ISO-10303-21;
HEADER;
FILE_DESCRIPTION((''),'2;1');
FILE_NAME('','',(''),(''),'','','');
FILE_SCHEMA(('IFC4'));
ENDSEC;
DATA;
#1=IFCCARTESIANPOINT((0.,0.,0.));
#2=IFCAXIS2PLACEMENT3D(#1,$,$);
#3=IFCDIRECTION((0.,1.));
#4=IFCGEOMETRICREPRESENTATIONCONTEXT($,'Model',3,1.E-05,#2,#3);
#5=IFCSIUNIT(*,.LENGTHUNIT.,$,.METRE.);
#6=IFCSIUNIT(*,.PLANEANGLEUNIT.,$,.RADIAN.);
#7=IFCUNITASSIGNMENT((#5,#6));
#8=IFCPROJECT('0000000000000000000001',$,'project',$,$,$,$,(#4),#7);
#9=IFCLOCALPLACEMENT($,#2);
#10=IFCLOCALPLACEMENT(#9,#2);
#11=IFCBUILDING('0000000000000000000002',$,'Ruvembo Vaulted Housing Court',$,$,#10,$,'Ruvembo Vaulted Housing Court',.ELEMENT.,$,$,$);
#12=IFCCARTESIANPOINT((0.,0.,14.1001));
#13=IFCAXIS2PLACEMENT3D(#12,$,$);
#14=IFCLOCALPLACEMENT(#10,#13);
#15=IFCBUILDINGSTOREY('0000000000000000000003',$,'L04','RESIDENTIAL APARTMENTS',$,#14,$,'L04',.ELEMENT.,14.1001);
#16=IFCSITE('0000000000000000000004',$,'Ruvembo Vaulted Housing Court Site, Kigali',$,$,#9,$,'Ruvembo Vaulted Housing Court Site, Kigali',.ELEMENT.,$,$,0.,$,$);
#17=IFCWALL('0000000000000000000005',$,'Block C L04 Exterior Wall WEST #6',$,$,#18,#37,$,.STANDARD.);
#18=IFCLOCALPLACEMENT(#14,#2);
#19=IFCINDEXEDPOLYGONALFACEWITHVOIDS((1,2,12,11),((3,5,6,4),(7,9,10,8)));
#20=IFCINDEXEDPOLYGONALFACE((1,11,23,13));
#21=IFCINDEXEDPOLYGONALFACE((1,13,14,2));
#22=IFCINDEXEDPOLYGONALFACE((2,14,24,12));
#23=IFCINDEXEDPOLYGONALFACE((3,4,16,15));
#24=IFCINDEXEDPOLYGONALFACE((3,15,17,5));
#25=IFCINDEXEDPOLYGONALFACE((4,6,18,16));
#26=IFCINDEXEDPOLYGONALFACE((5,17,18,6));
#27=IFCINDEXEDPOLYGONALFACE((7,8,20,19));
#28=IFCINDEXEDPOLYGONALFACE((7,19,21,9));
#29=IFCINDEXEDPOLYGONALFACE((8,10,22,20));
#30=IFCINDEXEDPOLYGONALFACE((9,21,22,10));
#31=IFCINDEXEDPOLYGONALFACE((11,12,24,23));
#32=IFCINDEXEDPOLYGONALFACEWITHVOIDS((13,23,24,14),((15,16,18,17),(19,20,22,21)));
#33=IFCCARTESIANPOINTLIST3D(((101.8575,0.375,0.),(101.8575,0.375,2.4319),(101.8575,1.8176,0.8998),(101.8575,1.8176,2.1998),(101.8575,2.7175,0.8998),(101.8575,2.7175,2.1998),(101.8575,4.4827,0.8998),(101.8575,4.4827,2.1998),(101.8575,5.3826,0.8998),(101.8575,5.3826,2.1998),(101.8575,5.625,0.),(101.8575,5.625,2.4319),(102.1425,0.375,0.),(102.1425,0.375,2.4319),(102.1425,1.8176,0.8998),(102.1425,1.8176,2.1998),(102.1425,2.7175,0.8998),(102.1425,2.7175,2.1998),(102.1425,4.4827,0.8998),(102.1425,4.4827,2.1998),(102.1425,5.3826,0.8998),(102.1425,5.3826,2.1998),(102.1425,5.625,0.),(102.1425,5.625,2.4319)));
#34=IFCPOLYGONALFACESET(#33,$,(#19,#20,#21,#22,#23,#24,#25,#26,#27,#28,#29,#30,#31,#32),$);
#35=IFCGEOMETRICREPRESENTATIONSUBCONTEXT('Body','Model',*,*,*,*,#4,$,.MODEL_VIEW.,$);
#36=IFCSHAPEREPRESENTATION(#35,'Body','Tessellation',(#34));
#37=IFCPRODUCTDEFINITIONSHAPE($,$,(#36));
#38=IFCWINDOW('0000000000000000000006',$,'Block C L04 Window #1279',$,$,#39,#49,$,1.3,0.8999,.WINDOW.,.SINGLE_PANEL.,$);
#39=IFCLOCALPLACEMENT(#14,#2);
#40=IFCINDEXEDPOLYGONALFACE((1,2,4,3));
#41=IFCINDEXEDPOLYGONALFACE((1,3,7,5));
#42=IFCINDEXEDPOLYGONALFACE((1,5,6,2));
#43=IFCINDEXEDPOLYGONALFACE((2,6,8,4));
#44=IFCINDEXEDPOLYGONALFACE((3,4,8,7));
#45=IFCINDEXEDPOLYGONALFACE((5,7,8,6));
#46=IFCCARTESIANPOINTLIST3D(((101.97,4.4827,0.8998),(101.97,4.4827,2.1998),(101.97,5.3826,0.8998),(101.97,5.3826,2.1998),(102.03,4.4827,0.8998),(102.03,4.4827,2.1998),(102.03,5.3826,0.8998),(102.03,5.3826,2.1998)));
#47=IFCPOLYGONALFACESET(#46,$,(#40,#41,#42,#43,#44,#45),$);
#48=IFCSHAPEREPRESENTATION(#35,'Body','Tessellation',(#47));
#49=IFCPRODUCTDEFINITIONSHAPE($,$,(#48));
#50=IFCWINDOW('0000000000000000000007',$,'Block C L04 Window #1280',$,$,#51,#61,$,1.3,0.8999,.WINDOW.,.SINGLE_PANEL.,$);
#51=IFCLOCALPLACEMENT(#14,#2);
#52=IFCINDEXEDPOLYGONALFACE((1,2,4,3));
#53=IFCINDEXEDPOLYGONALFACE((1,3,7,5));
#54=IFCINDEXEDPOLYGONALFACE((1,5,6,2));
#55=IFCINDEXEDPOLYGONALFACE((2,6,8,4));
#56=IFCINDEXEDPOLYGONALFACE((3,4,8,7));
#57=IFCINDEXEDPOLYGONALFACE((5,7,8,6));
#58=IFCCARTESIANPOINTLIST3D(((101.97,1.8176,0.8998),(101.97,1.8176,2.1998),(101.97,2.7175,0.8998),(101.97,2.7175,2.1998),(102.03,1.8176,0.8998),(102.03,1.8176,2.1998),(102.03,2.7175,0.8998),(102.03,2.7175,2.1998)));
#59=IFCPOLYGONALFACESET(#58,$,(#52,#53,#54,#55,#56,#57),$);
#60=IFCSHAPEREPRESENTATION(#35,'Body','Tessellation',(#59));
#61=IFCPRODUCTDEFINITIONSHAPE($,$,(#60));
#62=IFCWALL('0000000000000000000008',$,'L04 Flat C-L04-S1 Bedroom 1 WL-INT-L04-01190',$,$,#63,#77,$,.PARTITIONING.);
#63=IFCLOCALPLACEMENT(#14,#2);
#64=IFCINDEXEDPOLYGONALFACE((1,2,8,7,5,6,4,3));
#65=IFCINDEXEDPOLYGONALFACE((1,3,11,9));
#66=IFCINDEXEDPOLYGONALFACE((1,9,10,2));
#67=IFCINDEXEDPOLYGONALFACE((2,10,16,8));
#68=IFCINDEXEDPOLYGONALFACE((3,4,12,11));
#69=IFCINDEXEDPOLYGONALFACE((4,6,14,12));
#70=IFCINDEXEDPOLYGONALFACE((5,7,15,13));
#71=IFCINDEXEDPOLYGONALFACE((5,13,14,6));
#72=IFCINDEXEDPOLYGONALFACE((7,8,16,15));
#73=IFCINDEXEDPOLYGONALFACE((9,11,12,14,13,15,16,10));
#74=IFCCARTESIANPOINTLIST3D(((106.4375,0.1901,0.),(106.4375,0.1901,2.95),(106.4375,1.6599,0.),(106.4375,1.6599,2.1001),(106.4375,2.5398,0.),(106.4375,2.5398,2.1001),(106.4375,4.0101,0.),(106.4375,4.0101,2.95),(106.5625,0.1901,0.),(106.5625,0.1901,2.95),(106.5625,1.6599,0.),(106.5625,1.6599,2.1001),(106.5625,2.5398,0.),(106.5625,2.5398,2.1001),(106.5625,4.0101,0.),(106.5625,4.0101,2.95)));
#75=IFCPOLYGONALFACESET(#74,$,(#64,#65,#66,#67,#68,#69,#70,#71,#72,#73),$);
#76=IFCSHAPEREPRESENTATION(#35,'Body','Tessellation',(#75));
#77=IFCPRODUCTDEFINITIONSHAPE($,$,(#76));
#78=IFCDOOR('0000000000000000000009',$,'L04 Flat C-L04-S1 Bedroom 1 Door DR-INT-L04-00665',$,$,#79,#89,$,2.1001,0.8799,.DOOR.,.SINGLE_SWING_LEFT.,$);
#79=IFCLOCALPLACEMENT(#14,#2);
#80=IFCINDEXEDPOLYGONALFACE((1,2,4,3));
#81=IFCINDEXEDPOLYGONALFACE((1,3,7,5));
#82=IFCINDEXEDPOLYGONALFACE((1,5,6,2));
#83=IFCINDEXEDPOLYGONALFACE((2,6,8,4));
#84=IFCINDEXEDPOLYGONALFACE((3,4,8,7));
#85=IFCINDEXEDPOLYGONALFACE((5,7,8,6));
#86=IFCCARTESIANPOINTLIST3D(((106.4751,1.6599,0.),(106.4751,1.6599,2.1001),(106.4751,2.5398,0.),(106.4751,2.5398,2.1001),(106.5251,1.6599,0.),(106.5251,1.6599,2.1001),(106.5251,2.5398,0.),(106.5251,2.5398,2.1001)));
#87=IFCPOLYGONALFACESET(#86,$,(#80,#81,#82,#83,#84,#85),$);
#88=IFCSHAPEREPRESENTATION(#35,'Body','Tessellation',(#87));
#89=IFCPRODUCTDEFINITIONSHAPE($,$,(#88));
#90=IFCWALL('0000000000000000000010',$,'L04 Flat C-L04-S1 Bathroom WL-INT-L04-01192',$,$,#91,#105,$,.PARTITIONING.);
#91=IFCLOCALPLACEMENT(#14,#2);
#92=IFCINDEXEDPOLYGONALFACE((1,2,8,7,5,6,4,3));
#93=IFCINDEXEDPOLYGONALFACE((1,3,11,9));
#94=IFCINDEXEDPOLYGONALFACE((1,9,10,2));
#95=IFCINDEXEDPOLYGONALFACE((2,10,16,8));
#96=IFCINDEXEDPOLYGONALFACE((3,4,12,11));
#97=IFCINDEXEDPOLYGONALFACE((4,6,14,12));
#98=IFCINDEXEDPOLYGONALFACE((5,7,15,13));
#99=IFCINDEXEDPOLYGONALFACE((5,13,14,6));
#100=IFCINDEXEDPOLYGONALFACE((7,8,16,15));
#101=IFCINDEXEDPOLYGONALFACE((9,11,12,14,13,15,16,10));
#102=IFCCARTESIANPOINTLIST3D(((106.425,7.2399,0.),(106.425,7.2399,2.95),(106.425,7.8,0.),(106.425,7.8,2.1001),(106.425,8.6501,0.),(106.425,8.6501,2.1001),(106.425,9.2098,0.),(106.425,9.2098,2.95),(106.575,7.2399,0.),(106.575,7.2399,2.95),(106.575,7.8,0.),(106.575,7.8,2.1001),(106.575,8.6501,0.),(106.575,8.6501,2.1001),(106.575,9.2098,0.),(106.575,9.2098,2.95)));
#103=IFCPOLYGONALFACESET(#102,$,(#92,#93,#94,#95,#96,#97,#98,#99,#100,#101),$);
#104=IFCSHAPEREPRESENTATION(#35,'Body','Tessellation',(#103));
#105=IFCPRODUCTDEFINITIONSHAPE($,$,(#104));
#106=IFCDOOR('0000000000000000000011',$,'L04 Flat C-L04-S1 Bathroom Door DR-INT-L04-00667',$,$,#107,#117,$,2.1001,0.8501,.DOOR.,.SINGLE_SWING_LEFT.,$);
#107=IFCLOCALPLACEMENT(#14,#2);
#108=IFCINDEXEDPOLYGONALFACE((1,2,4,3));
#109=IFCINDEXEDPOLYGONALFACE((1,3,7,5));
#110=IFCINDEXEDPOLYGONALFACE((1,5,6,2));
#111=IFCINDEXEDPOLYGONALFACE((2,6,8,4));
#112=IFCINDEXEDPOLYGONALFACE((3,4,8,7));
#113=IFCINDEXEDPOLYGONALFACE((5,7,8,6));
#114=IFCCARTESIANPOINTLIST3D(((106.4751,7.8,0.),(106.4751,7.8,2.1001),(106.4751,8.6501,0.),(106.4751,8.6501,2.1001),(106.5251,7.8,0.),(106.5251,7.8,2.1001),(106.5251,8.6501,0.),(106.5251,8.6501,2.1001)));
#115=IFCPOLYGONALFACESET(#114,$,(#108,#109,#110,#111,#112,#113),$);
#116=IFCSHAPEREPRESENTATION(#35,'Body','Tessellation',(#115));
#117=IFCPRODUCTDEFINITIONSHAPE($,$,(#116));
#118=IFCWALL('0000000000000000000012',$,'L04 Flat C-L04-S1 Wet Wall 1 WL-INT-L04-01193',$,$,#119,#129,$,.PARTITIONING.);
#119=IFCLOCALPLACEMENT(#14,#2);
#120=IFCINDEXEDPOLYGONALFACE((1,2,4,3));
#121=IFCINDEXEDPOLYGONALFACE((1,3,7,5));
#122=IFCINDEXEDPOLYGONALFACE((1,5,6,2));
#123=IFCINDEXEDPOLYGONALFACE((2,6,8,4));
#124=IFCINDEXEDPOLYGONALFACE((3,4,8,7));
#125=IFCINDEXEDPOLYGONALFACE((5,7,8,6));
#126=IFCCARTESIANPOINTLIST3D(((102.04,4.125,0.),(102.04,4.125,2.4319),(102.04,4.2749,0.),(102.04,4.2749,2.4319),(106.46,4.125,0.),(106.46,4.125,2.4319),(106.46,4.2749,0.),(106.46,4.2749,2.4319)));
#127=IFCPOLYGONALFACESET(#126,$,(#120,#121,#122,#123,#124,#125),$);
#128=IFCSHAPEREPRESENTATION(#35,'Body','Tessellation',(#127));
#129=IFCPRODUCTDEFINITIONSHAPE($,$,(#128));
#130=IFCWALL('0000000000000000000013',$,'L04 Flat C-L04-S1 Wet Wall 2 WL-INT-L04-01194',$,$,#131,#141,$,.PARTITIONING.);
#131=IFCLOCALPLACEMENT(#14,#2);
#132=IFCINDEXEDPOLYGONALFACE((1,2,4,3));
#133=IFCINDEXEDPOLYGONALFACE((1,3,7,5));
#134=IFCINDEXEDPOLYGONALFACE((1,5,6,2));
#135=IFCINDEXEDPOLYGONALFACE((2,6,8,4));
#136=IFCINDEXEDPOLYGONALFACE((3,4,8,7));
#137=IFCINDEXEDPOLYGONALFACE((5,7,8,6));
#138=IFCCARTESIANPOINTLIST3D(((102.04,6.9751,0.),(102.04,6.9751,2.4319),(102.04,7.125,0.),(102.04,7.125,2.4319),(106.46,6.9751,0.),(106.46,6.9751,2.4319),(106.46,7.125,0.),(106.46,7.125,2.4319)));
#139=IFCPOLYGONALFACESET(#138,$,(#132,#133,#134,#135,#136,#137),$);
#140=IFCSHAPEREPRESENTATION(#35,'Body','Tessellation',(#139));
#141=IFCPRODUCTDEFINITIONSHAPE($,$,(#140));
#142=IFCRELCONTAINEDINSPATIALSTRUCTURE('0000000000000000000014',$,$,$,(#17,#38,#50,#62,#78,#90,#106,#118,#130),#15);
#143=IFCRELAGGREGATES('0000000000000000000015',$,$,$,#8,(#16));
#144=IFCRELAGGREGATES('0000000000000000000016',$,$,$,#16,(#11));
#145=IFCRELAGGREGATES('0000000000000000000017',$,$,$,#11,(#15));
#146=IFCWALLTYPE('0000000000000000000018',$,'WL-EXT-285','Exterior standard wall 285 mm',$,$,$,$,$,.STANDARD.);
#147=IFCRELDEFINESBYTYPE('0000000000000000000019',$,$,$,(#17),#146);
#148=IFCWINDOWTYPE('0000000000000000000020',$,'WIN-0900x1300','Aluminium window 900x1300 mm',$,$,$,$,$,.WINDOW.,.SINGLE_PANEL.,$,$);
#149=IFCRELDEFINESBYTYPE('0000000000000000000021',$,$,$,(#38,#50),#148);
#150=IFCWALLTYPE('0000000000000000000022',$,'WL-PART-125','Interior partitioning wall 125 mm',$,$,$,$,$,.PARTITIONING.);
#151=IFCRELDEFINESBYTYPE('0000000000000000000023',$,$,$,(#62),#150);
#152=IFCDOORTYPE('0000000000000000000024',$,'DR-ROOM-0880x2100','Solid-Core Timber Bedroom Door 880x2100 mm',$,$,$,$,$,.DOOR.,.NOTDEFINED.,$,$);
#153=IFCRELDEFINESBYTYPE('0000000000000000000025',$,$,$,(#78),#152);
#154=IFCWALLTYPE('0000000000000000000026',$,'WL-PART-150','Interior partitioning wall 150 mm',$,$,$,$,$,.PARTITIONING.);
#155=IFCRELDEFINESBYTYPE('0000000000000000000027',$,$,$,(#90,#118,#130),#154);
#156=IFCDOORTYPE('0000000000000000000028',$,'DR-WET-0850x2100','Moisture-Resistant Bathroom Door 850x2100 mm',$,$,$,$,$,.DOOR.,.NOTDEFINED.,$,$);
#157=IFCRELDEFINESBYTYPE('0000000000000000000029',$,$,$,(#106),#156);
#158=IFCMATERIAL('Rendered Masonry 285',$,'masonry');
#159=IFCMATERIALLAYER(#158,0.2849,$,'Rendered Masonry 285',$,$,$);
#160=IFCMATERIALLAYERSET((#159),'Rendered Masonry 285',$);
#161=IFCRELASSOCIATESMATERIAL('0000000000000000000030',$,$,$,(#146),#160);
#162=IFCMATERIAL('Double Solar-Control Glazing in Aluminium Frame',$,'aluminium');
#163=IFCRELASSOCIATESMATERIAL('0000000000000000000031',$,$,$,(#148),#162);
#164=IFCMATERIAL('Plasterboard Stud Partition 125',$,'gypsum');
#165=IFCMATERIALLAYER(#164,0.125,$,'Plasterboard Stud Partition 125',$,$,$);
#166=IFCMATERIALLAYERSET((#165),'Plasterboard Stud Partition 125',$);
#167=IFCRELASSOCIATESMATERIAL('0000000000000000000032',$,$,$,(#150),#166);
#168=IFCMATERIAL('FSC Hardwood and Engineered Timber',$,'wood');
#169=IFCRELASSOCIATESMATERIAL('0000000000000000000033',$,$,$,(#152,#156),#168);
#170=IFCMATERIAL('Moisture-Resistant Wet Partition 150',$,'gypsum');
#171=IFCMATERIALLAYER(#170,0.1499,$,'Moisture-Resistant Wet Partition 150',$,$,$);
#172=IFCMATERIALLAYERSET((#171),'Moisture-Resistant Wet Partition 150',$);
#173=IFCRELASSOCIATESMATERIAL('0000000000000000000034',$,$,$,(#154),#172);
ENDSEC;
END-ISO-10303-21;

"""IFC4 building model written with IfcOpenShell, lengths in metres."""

from ifc_helpers import new_model, si_unit, direction, frame, frame_2d, origin, place, context, subcontext, project, spatial, rectangle, extrude, material, layer, layer_set, type_object, element, fill, save


model = new_model("IFC4")

# Units and contexts
model_context = context("Model", 3, precision=1e-05, world=origin(), true_north=direction((0.0, 1.0)))
body_context = subcontext(model_context, "Body", "Model", "MODEL_VIEW")
ifc_project = project(units=[si_unit("LENGTHUNIT", "METRE"), si_unit("PLANEANGLEUNIT", "RADIAN")], contexts=[model_context])

# Site, building, storey
site_placement = place(None, origin())
site = spatial("IfcSite", under=ifc_project, at=site_placement, Name="Ruvembo Vaulted Housing Court Site, Kigali", LongName="Ruvembo Vaulted Housing Court Site, Kigali", CompositionType="ELEMENT", RefElevation=0.0)
building_placement = place(site_placement, origin())
building = spatial("IfcBuilding", under=site, at=building_placement, Name="Ruvembo Vaulted Housing Court", LongName="Ruvembo Vaulted Housing Court", CompositionType="ELEMENT")
storey_placement = place(building_placement, frame((0.0, 0.0, 14.1001)))
storey = spatial("IfcBuildingStorey", under=building, at=storey_placement, Name="L04", Description="RESIDENTIAL APARTMENTS", LongName="L04", CompositionType="ELEMENT", Elevation=14.1001)

# Shared definitions
ifc_material_1 = material(Name="FSC Hardwood and Engineered Timber", Category="wood")

# Wall, openings, windows
ifc_material_2 = material(Name="Rendered Masonry 285", Category="masonry")
ifc_layer_1 = layer(ifc_material_2, 0.2849, Name="Rendered Masonry 285")
ifc_layer_set_1 = layer_set([ifc_layer_1], Name="Rendered Masonry 285")
wall_type_1 = type_object("IfcWallType", Name="WL-EXT-285", Description="Exterior standard wall 285 mm", PredefinedType="STANDARD", material=ifc_layer_set_1)
ifc_material_3 = material(Name="Double Solar-Control Glazing in Aluminium Frame", Category="aluminium")
window_type = type_object("IfcWindowType", Name="WIN-0900x1300", Description="Aluminium window 900x1300 mm", PartitioningType="SINGLE_PANEL", PredefinedType="WINDOW", material=ifc_material_3)
wall_1_placement = place(storey_placement, frame((102.0, 5.625, 0.0), z_axis=(0.0, 0.0, 1.0), x_axis=(0.0, -1.0, 0.0)))
wall_1 = element("IfcWall", 1, at=wall_1_placement, inside=storey, type_object=wall_type_1, Name="Block C L04 Exterior Wall WEST #6", PredefinedType="STANDARD", context=body_context, shape_type="SweptSolid", body=[
    extrude(rectangle(XDim=5.25, YDim=0.2849, at=frame_2d((2.625, 0.0))), origin(), (0.0, 0.0, 1.0), 2.4319),
])
opening_1_placement = place(wall_1_placement, frame((0.2424, 0.0, 0.8999)))
opening_1 = element("IfcOpeningElement", 2, at=opening_1_placement, cuts=wall_1, PredefinedType="OPENING", context=body_context, shape_type="SweptSolid", body=[
    extrude(rectangle(XDim=0.8999, YDim=1.3, at=frame_2d((0.45, 0.6499))), frame((0.0, 0.1523, 0.0), z_axis=(0.0, -1.0, 0.0), x_axis=(1.0, 0.0, 0.0)), (0.0, 0.0, 1.0), 0.3049),
])
opening_2_placement = place(wall_1_placement, frame((2.9075, 0.0, 0.8999)))
opening_2 = element("IfcOpeningElement", 3, at=opening_2_placement, cuts=wall_1, PredefinedType="OPENING", context=body_context, shape_type="SweptSolid", body=[
    extrude(rectangle(XDim=0.8999, YDim=1.3, at=frame_2d((0.45, 0.6499))), frame((0.0, 0.1523, 0.0), z_axis=(0.0, -1.0, 0.0), x_axis=(1.0, 0.0, 0.0)), (0.0, 0.0, 1.0), 0.3049),
])
window_1_placement = place(opening_1_placement, origin())
window_1 = element("IfcWindow", 4, at=window_1_placement, inside=storey, type_object=window_type, Name="Block C L04 Window #1279", OverallHeight=1.3, OverallWidth=0.8999, PartitioningType="SINGLE_PANEL", PredefinedType="WINDOW", context=body_context, shape_type="SweptSolid", body=[
    extrude(rectangle(XDim=0.8999, YDim=1.3, at=frame_2d((0.45, 0.6499))), frame((0.0, 0.03, 0.0), z_axis=(0.0, -1.0, 0.0), x_axis=(1.0, 0.0, 0.0)), (0.0, 0.0, 1.0), 0.0601),
])
fill(opening_1, window_1)
window_2_placement = place(opening_2_placement, origin())
window_2 = element("IfcWindow", 5, at=window_2_placement, inside=storey, type_object=window_type, Name="Block C L04 Window #1280", OverallHeight=1.3, OverallWidth=0.8999, PartitioningType="SINGLE_PANEL", PredefinedType="WINDOW", context=body_context, shape_type="SweptSolid", body=[
    extrude(rectangle(XDim=0.8999, YDim=1.3, at=frame_2d((0.45, 0.6499))), frame((0.0, 0.03, 0.0), z_axis=(0.0, -1.0, 0.0), x_axis=(1.0, 0.0, 0.0)), (0.0, 0.0, 1.0), 0.0601),
])
fill(opening_2, window_2)

# Walls, openings, doors
ifc_material_4 = material(Name="Plasterboard Stud Partition 125", Category="gypsum")
ifc_layer_2 = layer(ifc_material_4, 0.125, Name="Plasterboard Stud Partition 125")
ifc_layer_set_2 = layer_set([ifc_layer_2], Name="Plasterboard Stud Partition 125")
wall_type_2 = type_object("IfcWallType", Name="WL-PART-125", Description="Interior partitioning wall 125 mm", PredefinedType="PARTITIONING", material=ifc_layer_set_2)
wall_2_placement = place(storey_placement, frame((106.5, 0.1899, 0.0), z_axis=(0.0, 0.0, 1.0), x_axis=(0.0, 1.0, 0.0)))
wall_2 = element("IfcWall", 6, at=wall_2_placement, inside=storey, type_object=wall_type_2, Name="L04 Flat C-L04-S1 Bedroom 1 WL-INT-L04-01190", PredefinedType="PARTITIONING", context=body_context, shape_type="SweptSolid", body=[
    extrude(rectangle(XDim=3.8201, YDim=0.125, at=frame_2d((1.9102, 0.0))), origin(), (0.0, 0.0, 1.0), 2.95),
])
opening_3_placement = place(wall_2_placement, frame((1.47, 0.0, 0.0)))
opening_3 = element("IfcOpeningElement", 7, at=opening_3_placement, cuts=wall_2, PredefinedType="OPENING", context=body_context, shape_type="SweptSolid", body=[
    extrude(rectangle(XDim=0.8799, YDim=2.1001, at=frame_2d((0.4399, 1.05))), frame((0.0, 0.0725, 0.0), z_axis=(0.0, -1.0, 0.0), x_axis=(1.0, 0.0, 0.0)), (0.0, 0.0, 1.0), 0.145),
])
door_type_1 = type_object("IfcDoorType", Name="DR-ROOM-0880x2100", Description="Solid-Core Timber Bedroom Door 880x2100 mm", OperationType="NOTDEFINED", PredefinedType="DOOR", material=ifc_material_1)
door_1_placement = place(opening_3_placement, origin())
door_1 = element("IfcDoor", 8, at=door_1_placement, inside=storey, type_object=door_type_1, Name="L04 Flat C-L04-S1 Bedroom 1 Door DR-INT-L04-00665", OperationType="SINGLE_SWING_LEFT", OverallHeight=2.1001, OverallWidth=0.8799, PredefinedType="DOOR", context=body_context, shape_type="SweptSolid", body=[
    extrude(rectangle(XDim=0.8799, YDim=2.1001, at=frame_2d((0.4399, 1.05))), frame((0.0, 0.0249, 0.0), z_axis=(0.0, -1.0, 0.0), x_axis=(1.0, 0.0, 0.0)), (0.0, 0.0, 1.0), 0.05),
])
fill(opening_3, door_1)
ifc_material_5 = material(Name="Moisture-Resistant Wet Partition 150", Category="gypsum")
ifc_layer_3 = layer(ifc_material_5, 0.1499, Name="Moisture-Resistant Wet Partition 150")
ifc_layer_set_3 = layer_set([ifc_layer_3], Name="Moisture-Resistant Wet Partition 150")
wall_type_3 = type_object("IfcWallType", Name="WL-PART-150", Description="Interior partitioning wall 150 mm", PredefinedType="PARTITIONING", material=ifc_layer_set_3)
wall_3_placement = place(storey_placement, frame((106.5, 7.24, 0.0), z_axis=(0.0, 0.0, 1.0), x_axis=(0.0, 1.0, 0.0)))
wall_3 = element("IfcWall", 9, at=wall_3_placement, inside=storey, type_object=wall_type_3, Name="L04 Flat C-L04-S1 Bathroom WL-INT-L04-01192", PredefinedType="PARTITIONING", context=body_context, shape_type="SweptSolid", body=[
    extrude(rectangle(XDim=1.97, YDim=0.1499, at=frame_2d((0.9849, 0.0))), origin(), (0.0, 0.0, 1.0), 2.95),
])
opening_4_placement = place(wall_3_placement, frame((0.5601, 0.0, 0.0)))
opening_4 = element("IfcOpeningElement", 10, at=opening_4_placement, cuts=wall_3, PredefinedType="OPENING", context=body_context, shape_type="SweptSolid", body=[
    extrude(rectangle(XDim=0.8501, YDim=2.1001, at=frame_2d((0.425, 1.05))), frame((0.0, 0.085, 0.0), z_axis=(0.0, -1.0, 0.0), x_axis=(1.0, 0.0, 0.0)), (0.0, 0.0, 1.0), 0.1699),
])
door_type_2 = type_object("IfcDoorType", Name="DR-WET-0850x2100", Description="Moisture-Resistant Bathroom Door 850x2100 mm", OperationType="NOTDEFINED", PredefinedType="DOOR", material=ifc_material_1)
door_2_placement = place(opening_4_placement, origin())
door_2 = element("IfcDoor", 11, at=door_2_placement, inside=storey, type_object=door_type_2, Name="L04 Flat C-L04-S1 Bathroom Door DR-INT-L04-00667", OperationType="SINGLE_SWING_LEFT", OverallHeight=2.1001, OverallWidth=0.8501, PredefinedType="DOOR", context=body_context, shape_type="SweptSolid", body=[
    extrude(rectangle(XDim=0.8501, YDim=2.1001, at=frame_2d((0.425, 1.05))), frame((0.0, 0.0249, 0.0), z_axis=(0.0, -1.0, 0.0), x_axis=(1.0, 0.0, 0.0)), (0.0, 0.0, 1.0), 0.05),
])
fill(opening_4, door_2)

# Walls
for number, where, z_axis, x_axis, name in (
    (12, (102.04, 4.2, 0.0), (0.0, 0.0, 1.0), (1.0, 0.0, 0.0), "L04 Flat C-L04-S1 Wet Wall 1 WL-INT-L04-01193"),
    (13, (102.04, 7.05, 0.0), (0.0, 0.0, 1.0), (1.0, 0.0, 0.0), "L04 Flat C-L04-S1 Wet Wall 2 WL-INT-L04-01194"),
):
    element("IfcWall", number, at=place(storey_placement, frame(where, z_axis=z_axis, x_axis=x_axis)), inside=storey, type_object=wall_type_3, Name=name, PredefinedType="PARTITIONING", context=body_context, shape_type="SweptSolid", body=[
        extrude(rectangle(XDim=4.4199, YDim=0.1499, at=frame_2d((2.21, 0.0))), origin(), (0.0, 0.0, 1.0), 2.4319),
    ])

save(model, "model.ifc")
